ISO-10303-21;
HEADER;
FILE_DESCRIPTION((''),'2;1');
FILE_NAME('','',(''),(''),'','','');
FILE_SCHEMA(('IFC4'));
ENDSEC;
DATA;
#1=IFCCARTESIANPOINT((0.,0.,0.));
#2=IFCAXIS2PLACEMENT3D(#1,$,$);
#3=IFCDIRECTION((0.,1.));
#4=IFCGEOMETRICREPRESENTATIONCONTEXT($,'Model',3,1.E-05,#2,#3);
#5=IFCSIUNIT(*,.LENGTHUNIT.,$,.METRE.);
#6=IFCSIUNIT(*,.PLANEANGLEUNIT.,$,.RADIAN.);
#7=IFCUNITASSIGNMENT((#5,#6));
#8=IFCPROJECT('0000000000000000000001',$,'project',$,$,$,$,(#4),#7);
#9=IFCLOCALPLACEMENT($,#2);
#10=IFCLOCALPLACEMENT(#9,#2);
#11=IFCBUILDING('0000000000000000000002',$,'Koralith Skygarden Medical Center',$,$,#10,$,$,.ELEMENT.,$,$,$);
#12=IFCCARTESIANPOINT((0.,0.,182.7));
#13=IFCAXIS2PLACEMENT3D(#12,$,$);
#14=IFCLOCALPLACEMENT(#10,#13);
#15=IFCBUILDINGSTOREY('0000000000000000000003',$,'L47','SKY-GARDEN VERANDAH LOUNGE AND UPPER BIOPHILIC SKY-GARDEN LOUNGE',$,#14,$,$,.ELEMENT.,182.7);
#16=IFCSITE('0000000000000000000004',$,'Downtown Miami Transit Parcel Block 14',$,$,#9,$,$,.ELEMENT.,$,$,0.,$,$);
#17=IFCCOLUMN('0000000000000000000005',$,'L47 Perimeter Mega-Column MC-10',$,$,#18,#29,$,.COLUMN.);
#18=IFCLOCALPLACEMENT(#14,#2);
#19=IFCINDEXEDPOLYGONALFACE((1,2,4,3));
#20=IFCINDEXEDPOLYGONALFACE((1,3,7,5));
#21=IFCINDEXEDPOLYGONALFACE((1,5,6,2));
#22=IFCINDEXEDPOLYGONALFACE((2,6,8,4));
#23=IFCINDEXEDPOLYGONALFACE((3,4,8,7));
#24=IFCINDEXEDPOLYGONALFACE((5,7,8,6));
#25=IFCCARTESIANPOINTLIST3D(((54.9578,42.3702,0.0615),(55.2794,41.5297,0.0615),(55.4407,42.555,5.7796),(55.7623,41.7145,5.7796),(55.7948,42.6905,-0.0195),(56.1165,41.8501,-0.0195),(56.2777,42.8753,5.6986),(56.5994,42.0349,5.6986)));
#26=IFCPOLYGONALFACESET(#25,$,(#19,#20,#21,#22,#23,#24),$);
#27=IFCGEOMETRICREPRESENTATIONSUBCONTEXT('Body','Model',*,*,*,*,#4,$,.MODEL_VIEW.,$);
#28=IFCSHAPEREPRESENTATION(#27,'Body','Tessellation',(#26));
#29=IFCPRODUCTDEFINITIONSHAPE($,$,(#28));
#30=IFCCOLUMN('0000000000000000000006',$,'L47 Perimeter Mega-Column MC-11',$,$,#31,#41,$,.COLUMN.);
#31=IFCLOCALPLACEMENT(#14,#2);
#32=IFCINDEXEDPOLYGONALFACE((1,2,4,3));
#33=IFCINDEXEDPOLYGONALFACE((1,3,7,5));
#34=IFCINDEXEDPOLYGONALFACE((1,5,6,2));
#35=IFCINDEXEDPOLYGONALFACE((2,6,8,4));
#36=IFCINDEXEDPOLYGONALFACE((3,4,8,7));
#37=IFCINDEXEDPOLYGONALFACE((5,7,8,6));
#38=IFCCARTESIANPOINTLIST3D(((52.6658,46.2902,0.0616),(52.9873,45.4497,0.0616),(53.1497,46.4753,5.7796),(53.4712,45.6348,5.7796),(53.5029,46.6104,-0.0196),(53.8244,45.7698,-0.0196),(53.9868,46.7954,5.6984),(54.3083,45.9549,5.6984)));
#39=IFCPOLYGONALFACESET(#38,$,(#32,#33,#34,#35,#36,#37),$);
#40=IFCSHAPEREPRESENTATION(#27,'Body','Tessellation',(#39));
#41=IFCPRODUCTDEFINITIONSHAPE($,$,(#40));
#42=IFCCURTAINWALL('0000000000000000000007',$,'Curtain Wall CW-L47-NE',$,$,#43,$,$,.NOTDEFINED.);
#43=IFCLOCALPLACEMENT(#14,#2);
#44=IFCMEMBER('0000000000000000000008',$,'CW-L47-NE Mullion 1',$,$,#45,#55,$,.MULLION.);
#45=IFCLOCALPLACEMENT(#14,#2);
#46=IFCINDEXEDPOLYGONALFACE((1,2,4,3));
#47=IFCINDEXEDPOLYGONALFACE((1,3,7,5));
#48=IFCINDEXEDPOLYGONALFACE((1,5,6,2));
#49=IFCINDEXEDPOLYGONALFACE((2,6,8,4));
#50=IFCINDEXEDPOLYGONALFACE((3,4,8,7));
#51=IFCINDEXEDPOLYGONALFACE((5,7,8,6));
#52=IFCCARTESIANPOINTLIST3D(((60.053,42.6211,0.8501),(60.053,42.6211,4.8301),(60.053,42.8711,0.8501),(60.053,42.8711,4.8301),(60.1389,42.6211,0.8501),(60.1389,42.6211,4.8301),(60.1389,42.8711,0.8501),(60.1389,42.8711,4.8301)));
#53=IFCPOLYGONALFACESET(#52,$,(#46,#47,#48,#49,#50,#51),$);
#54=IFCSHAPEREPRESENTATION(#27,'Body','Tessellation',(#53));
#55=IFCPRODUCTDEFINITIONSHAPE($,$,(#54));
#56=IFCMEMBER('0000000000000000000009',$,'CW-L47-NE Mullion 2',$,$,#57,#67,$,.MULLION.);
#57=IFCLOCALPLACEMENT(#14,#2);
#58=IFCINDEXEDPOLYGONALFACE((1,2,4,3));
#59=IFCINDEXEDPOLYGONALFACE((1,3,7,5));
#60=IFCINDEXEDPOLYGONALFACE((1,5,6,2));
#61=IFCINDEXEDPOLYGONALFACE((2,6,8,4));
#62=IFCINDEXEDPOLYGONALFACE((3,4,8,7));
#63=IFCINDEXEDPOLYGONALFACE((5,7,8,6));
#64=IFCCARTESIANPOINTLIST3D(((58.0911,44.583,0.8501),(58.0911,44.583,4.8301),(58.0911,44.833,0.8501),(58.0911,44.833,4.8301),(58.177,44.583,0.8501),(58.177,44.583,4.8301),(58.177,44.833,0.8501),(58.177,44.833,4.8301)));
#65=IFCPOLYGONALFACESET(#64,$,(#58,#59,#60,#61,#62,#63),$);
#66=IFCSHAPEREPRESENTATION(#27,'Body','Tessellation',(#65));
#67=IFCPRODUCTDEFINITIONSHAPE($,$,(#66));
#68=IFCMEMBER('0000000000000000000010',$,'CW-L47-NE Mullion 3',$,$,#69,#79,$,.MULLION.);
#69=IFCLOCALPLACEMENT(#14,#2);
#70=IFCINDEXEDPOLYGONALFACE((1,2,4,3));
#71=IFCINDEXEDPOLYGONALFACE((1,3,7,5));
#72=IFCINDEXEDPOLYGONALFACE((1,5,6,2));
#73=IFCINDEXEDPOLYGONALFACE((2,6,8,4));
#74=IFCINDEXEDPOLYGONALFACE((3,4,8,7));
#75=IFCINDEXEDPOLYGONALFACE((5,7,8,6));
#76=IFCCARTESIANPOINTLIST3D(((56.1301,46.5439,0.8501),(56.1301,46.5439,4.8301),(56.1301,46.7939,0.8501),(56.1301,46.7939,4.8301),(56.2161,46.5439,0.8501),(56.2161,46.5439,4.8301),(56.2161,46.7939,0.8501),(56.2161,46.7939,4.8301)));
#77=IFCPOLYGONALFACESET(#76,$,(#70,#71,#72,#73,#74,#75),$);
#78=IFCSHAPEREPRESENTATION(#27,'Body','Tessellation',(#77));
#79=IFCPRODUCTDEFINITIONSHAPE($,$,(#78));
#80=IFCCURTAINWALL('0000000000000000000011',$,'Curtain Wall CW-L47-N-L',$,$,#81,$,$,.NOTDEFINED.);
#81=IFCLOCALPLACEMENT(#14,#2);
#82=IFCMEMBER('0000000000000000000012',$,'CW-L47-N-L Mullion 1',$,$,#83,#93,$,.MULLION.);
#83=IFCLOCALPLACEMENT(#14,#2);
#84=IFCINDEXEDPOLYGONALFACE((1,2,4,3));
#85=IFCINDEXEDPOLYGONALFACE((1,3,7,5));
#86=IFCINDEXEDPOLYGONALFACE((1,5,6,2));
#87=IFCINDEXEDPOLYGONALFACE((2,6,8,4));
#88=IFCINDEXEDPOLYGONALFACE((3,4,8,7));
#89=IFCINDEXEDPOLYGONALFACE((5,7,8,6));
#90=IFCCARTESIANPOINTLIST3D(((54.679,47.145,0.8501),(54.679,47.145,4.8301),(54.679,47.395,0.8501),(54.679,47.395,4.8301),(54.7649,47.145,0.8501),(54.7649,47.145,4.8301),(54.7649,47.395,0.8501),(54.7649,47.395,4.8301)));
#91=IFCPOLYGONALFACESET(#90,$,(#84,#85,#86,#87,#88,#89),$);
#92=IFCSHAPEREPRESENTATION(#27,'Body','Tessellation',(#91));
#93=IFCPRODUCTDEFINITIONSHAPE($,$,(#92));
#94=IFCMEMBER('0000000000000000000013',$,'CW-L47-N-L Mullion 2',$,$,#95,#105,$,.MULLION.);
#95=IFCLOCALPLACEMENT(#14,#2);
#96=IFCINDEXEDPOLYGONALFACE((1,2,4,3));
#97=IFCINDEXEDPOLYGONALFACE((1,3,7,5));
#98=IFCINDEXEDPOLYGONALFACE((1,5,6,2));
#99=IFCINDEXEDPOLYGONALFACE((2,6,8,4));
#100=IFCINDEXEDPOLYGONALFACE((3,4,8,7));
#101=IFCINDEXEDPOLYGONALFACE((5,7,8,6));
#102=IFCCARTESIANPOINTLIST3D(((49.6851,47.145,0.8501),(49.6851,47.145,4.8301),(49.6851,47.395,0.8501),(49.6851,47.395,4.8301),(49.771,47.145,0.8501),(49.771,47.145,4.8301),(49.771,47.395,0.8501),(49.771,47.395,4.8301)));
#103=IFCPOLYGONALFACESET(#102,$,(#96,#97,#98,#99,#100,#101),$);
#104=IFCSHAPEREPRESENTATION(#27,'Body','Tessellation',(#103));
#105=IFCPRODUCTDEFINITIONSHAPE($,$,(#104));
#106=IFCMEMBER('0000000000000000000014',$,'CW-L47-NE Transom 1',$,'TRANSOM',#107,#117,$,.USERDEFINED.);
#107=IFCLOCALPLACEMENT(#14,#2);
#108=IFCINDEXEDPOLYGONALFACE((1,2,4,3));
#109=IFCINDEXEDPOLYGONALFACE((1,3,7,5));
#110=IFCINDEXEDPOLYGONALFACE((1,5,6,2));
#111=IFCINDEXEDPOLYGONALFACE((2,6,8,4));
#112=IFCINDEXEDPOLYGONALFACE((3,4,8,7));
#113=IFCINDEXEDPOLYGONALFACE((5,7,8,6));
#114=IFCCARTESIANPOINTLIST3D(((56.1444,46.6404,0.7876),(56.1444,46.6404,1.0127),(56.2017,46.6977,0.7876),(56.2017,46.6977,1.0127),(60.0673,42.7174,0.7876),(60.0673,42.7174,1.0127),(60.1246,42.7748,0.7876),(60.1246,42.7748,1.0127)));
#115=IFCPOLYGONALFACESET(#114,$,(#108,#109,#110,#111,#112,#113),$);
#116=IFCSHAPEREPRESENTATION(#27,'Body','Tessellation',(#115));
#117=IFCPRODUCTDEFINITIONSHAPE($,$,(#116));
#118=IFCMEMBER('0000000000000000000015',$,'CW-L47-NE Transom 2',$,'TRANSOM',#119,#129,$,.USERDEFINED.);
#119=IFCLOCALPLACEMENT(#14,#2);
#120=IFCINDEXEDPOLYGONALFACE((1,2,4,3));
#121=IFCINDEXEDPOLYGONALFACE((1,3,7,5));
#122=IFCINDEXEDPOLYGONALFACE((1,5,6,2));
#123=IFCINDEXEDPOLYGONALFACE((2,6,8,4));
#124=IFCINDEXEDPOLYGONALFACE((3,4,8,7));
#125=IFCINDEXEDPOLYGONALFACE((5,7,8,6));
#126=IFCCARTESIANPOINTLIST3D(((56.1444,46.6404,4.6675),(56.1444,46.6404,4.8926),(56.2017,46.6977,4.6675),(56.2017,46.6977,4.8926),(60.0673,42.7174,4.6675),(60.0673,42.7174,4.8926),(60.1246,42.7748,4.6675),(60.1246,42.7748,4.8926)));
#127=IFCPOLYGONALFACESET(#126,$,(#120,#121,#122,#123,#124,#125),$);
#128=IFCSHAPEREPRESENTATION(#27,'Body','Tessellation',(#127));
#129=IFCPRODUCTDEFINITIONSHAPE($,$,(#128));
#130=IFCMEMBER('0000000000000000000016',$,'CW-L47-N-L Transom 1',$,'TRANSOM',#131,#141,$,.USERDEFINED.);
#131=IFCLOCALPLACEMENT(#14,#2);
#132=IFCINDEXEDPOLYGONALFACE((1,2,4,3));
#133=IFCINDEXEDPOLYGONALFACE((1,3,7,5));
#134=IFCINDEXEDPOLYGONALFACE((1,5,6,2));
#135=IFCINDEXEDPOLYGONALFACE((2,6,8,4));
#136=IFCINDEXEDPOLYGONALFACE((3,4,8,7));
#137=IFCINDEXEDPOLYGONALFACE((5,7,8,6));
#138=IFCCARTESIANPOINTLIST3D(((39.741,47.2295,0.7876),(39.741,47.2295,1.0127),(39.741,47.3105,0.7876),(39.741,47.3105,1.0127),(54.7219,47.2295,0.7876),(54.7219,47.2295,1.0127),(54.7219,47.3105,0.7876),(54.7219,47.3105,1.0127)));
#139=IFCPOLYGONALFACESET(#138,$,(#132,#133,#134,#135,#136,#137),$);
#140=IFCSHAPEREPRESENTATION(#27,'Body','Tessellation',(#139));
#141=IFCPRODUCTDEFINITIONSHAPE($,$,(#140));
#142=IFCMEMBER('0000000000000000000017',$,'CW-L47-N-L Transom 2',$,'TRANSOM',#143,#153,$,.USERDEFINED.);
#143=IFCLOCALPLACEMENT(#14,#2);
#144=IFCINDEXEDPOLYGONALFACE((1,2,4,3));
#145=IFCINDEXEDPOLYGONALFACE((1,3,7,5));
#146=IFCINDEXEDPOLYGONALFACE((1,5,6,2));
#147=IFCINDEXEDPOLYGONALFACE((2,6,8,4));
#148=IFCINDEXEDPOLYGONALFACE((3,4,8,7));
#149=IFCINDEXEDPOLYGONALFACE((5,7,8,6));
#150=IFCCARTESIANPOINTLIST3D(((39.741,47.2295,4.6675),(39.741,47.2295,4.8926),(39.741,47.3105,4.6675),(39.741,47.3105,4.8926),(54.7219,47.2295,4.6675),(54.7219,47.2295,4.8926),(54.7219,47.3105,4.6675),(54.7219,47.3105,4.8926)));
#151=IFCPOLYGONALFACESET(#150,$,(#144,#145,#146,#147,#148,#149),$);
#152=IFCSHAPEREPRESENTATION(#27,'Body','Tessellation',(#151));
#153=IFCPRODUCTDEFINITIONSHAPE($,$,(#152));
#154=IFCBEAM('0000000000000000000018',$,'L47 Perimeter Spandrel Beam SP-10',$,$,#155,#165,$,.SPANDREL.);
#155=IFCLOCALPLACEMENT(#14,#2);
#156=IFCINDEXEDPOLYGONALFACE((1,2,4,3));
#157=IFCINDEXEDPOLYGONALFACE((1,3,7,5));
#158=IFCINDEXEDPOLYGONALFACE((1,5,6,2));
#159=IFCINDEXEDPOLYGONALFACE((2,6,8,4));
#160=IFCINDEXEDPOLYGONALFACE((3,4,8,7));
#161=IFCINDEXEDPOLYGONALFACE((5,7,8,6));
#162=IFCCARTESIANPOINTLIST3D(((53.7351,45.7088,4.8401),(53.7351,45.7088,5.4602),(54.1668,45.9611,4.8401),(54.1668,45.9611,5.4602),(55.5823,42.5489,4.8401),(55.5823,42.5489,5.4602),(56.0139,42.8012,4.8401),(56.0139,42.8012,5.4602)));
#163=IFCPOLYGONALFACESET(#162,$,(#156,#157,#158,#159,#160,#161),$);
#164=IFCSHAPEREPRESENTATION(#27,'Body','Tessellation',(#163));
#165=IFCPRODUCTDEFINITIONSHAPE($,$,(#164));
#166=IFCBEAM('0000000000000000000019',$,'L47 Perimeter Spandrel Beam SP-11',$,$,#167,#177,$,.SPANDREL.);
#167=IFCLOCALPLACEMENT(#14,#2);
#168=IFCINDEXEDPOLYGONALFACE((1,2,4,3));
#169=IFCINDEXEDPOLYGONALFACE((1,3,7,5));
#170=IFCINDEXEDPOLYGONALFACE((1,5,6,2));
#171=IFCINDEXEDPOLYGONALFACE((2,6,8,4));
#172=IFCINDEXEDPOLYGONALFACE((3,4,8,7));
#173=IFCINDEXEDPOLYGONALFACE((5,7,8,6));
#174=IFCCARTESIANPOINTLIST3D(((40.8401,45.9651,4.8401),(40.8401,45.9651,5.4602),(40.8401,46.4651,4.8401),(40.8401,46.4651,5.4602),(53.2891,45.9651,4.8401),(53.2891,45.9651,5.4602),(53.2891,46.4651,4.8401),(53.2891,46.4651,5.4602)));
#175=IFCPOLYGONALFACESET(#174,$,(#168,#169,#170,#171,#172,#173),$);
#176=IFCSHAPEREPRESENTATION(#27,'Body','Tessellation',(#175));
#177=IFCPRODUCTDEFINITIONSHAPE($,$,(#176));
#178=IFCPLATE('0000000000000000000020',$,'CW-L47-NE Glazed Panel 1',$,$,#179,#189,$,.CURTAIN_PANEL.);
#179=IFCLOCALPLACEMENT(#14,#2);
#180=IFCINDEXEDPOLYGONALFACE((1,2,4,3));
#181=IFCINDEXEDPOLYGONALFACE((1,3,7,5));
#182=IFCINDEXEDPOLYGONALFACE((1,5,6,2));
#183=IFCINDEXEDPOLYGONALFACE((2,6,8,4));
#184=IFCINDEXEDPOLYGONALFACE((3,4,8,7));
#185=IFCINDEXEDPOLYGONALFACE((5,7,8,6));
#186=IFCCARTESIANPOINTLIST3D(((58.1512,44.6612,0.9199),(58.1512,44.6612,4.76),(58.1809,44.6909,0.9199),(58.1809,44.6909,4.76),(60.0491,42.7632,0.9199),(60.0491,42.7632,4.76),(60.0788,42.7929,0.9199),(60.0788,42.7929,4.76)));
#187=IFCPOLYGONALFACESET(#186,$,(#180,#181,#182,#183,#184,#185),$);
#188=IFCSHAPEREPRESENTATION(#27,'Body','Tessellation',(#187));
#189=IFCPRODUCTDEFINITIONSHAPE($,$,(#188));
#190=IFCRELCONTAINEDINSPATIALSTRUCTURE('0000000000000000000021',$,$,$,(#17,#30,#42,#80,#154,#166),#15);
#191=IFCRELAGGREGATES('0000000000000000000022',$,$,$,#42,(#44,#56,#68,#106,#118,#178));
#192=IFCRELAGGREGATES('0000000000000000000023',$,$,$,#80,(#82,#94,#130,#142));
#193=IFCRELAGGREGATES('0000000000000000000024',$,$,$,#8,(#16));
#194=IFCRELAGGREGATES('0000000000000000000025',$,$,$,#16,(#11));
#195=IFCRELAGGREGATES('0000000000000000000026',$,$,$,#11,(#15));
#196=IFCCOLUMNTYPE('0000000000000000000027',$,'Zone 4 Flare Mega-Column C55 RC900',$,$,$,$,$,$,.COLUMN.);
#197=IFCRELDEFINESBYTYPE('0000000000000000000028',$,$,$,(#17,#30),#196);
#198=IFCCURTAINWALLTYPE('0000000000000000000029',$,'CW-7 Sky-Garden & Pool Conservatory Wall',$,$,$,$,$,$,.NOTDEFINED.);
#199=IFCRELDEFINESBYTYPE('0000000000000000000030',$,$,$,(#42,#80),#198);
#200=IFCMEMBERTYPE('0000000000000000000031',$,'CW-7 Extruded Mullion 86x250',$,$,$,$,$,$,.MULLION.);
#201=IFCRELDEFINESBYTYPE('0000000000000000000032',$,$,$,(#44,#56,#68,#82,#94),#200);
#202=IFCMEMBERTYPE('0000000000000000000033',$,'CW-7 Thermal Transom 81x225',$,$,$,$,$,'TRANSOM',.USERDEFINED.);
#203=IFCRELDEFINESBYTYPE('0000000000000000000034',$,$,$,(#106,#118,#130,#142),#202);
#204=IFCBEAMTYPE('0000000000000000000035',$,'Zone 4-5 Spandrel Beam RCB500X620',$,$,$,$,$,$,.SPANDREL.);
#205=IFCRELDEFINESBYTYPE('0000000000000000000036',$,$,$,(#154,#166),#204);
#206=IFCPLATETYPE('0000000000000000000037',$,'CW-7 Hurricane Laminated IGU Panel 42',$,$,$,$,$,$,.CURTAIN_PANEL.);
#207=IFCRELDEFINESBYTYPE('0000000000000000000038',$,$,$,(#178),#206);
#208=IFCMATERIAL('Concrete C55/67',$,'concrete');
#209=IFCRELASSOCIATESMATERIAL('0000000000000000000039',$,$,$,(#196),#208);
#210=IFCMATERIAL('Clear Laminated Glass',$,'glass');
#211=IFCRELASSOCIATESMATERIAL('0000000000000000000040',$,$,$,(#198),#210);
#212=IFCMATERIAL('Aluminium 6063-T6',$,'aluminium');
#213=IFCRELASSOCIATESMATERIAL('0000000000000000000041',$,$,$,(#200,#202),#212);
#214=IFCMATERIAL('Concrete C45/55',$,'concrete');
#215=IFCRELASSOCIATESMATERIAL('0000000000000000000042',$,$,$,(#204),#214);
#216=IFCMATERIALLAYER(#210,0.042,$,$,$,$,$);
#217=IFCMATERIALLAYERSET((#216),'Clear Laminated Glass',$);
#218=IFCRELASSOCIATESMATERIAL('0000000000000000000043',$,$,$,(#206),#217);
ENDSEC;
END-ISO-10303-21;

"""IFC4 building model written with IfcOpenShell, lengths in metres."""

from ifc_helpers import new_model, si_unit, direction, frame, origin, origin_2d, place, context, subcontext, project, spatial, rectangle, extrude, material, layer, layer_set, material_profile, profile_set, type_object, element, aggregate, save


model = new_model("IFC4")

# Units and contexts
model_context = context("Model", 3, precision=1e-05, world=origin(), true_north=direction((0.0, 1.0)))
body_context = subcontext(model_context, "Body", "Model", "MODEL_VIEW")
ifc_project = project(units=[si_unit("LENGTHUNIT", "METRE"), si_unit("PLANEANGLEUNIT", "RADIAN")], contexts=[model_context])

# Site, building, storey
site_placement = place(None, origin())
site = spatial("IfcSite", under=ifc_project, at=site_placement, Name="Downtown Miami Transit Parcel Block 14", CompositionType="ELEMENT", RefElevation=0.0)
building_placement = place(site_placement, origin())
building = spatial("IfcBuilding", under=site, at=building_placement, Name="Koralith Skygarden Medical Center", CompositionType="ELEMENT")
storey_placement = place(building_placement, frame((0.0, 0.0, 182.7)))
storey = spatial("IfcBuildingStorey", under=building, at=storey_placement, Name="L47", Description="SKY-GARDEN VERANDAH LOUNGE AND UPPER BIOPHILIC SKY-GARDEN LOUNGE", CompositionType="ELEMENT", Elevation=182.7)

# Columns
ifc_material_1 = material(Name="Concrete C55/67", Category="concrete")
ifc_material_profile_1 = material_profile(ifc_material_1, rectangle(XDim=0.8999, YDim=0.8999, at=origin_2d()), Name="RC900X900")
ifc_profile_set_1 = profile_set([ifc_material_profile_1], Name="Concrete C55/67")
column_type = type_object("IfcColumnType", Name="Zone 4 Flare Mega-Column C55 RC900", PredefinedType="COLUMN", material=ifc_profile_set_1)
for number, where, z_axis, x_axis, name in (
    (1, (55.5371, 42.1101, 0.021), (0.084111, 0.03219, 0.995936), (-0.357428, 0.933941, 0.0), "L47 Perimeter Mega-Column MC-10"),
    (2, (53.2451, 46.03, 0.021), (0.08428, 0.032232, 0.995921), (-0.35721, 0.934024, 0.0), "L47 Perimeter Mega-Column MC-11"),
):
    element("IfcColumn", number, at=place(storey_placement, frame(where, z_axis=z_axis, x_axis=x_axis)), inside=storey, type_object=column_type, Name=name, PredefinedType="COLUMN", context=body_context, shape_type="SweptSolid", body=[
        extrude(rectangle(XDim=0.8999, YDim=0.8999, at=origin_2d()), origin(), (0.0, 0.0, 1.0), 5.7415),
    ])

# Curtain walls, members
ifc_material_2 = material(Name="Clear Laminated Glass", Category="glass")
curtain_wall_type = type_object("IfcCurtainWallType", Name="CW-7 Sky-Garden & Pool Conservatory Wall", PredefinedType="NOTDEFINED", material=ifc_material_2)
curtain_wall_1_placement = place(storey_placement, origin())
curtain_wall_1 = element("IfcCurtainWall", 3, at=curtain_wall_1_placement, inside=storey, type_object=curtain_wall_type, Name="Curtain Wall CW-L47-NE", PredefinedType="NOTDEFINED")
ifc_material_3 = material(Name="Aluminium 6063-T6", Category="aluminium")
ifc_material_profile_2 = material_profile(ifc_material_3, rectangle(XDim=0.0859, YDim=0.25, at=origin_2d()), Name="MUL86X250")
ifc_profile_set_2 = profile_set([ifc_material_profile_2], Name="Aluminium 6063-T6")
member_type_1 = type_object("IfcMemberType", Name="CW-7 Extruded Mullion 86x250", PredefinedType="MULLION", material=ifc_profile_set_2)
member_1_placement = place(storey_placement, frame((60.0959, 42.7461, 0.8501), z_axis=(0.0, 0.0, 1.0), x_axis=(1.0, 0.0, 0.0)))
member_1 = element("IfcMember", 4, at=member_1_placement, type_object=member_type_1, Name="CW-L47-NE Mullion 1", PredefinedType="MULLION", context=body_context, shape_type="SweptSolid", body=[
    extrude(rectangle(XDim=0.0859, YDim=0.25, at=origin_2d()), origin(), (0.0, 0.0, 1.0), 3.98),
])
member_2_placement = place(storey_placement, frame((58.134, 44.708, 0.8501), z_axis=(0.0, 0.0, 1.0), x_axis=(1.0, 0.0, 0.0)))
member_2 = element("IfcMember", 5, at=member_2_placement, type_object=member_type_1, Name="CW-L47-NE Mullion 2", PredefinedType="MULLION", context=body_context, shape_type="SweptSolid", body=[
    extrude(rectangle(XDim=0.0859, YDim=0.25, at=origin_2d()), origin(), (0.0, 0.0, 1.0), 3.98),
])
member_3_placement = place(storey_placement, frame((56.1731, 46.6689, 0.8501), z_axis=(0.0, 0.0, 1.0), x_axis=(1.0, 0.0, 0.0)))
member_3 = element("IfcMember", 6, at=member_3_placement, type_object=member_type_1, Name="CW-L47-NE Mullion 3", PredefinedType="MULLION", context=body_context, shape_type="SweptSolid", body=[
    extrude(rectangle(XDim=0.0859, YDim=0.25, at=origin_2d()), origin(), (0.0, 0.0, 1.0), 3.98),
])
curtain_wall_2_placement = place(storey_placement, origin())
curtain_wall_2 = element("IfcCurtainWall", 7, at=curtain_wall_2_placement, inside=storey, type_object=curtain_wall_type, Name="Curtain Wall CW-L47-N-L", PredefinedType="NOTDEFINED")
member_4_placement = place(storey_placement, frame((54.7219, 47.27, 0.8501), z_axis=(0.0, 0.0, 1.0), x_axis=(1.0, 0.0, 0.0)))
member_4 = element("IfcMember", 8, at=member_4_placement, type_object=member_type_1, Name="CW-L47-N-L Mullion 1", PredefinedType="MULLION", context=body_context, shape_type="SweptSolid", body=[
    extrude(rectangle(XDim=0.0859, YDim=0.25, at=origin_2d()), origin(), (0.0, 0.0, 1.0), 3.98),
])
member_5_placement = place(storey_placement, frame((49.728, 47.27, 0.8501), z_axis=(0.0, 0.0, 1.0), x_axis=(1.0, 0.0, 0.0)))
member_5 = element("IfcMember", 9, at=member_5_placement, type_object=member_type_1, Name="CW-L47-N-L Mullion 2", PredefinedType="MULLION", context=body_context, shape_type="SweptSolid", body=[
    extrude(rectangle(XDim=0.0859, YDim=0.25, at=origin_2d()), origin(), (0.0, 0.0, 1.0), 3.98),
])

# Members
ifc_material_profile_3 = material_profile(ifc_material_3, rectangle(XDim=0.0811, YDim=0.2251, at=origin_2d()), Name="TRN81X225")
ifc_profile_set_3 = profile_set([ifc_material_profile_3], Name="Aluminium 6063-T6")
member_type_2 = type_object("IfcMemberType", Name="CW-7 Thermal Transom 81x225", ElementType="TRANSOM", PredefinedType="USERDEFINED", material=ifc_profile_set_3)
member_6_placement = place(storey_placement, frame((60.0959, 42.7461, 0.9001), z_axis=(-0.707107, 0.707107, 0.0), x_axis=(-0.707107, -0.707107, 0.0)))
member_6 = element("IfcMember", 10, at=member_6_placement, type_object=member_type_2, Name="CW-L47-NE Transom 1", ObjectType="TRANSOM", PredefinedType="USERDEFINED", context=body_context, shape_type="SweptSolid", body=[
    extrude(rectangle(XDim=0.0811, YDim=0.2251, at=origin_2d()), origin(), (0.0, 0.0, 1.0), 5.5479),
])
member_7_placement = place(storey_placement, frame((60.0959, 42.7461, 4.78), z_axis=(-0.707107, 0.707107, 0.0), x_axis=(-0.707107, -0.707107, 0.0)))
member_7 = element("IfcMember", 11, at=member_7_placement, type_object=member_type_2, Name="CW-L47-NE Transom 2", ObjectType="TRANSOM", PredefinedType="USERDEFINED", context=body_context, shape_type="SweptSolid", body=[
    extrude(rectangle(XDim=0.0811, YDim=0.2251, at=origin_2d()), origin(), (0.0, 0.0, 1.0), 5.5479),
])
member_8_placement = place(storey_placement, frame((54.7219, 47.27, 0.9001), z_axis=(-1.0, 0.0, 0.0), x_axis=(0.0, -1.0, 0.0)))
member_8 = element("IfcMember", 12, at=member_8_placement, type_object=member_type_2, Name="CW-L47-N-L Transom 1", ObjectType="TRANSOM", PredefinedType="USERDEFINED", context=body_context, shape_type="SweptSolid", body=[
    extrude(rectangle(XDim=0.0811, YDim=0.2251, at=origin_2d()), origin(), (0.0, 0.0, 1.0), 14.981),
])
member_9_placement = place(storey_placement, frame((54.7219, 47.27, 4.78), z_axis=(-1.0, 0.0, 0.0), x_axis=(0.0, -1.0, 0.0)))
member_9 = element("IfcMember", 13, at=member_9_placement, type_object=member_type_2, Name="CW-L47-N-L Transom 2", ObjectType="TRANSOM", PredefinedType="USERDEFINED", context=body_context, shape_type="SweptSolid", body=[
    extrude(rectangle(XDim=0.0811, YDim=0.2251, at=origin_2d()), origin(), (0.0, 0.0, 1.0), 14.981),
])

# Beams
ifc_material_4 = material(Name="Concrete C45/55", Category="concrete")
ifc_material_profile_4 = material_profile(ifc_material_4, rectangle(XDim=0.5, YDim=0.6201, at=origin_2d()), Name="RCB500X620")
ifc_profile_set_4 = profile_set([ifc_material_profile_4], Name="Concrete C45/55")
beam_type = type_object("IfcBeamType", Name="Zone 4-5 Spandrel Beam RCB500X620", PredefinedType="SPANDREL", material=ifc_profile_set_4)
beam_1_placement = place(storey_placement, frame((55.7981, 42.675, 5.1501), z_axis=(-0.504663, 0.863316, 0.0), x_axis=(-0.863316, -0.504663, 0.0)))
element("IfcBeam", 14, at=beam_1_placement, inside=storey, type_object=beam_type, Name="L47 Perimeter Spandrel Beam SP-10", PredefinedType="SPANDREL", context=body_context, shape_type="SweptSolid", body=[
    extrude(rectangle(XDim=0.5, YDim=0.6201, at=origin_2d()), origin(), (0.0, 0.0, 1.0), 3.6602),
])
beam_2_placement = place(storey_placement, frame((53.2891, 46.2151, 5.1501), z_axis=(-1.0, 0.0, 0.0), x_axis=(0.0, -1.0, 0.0)))
element("IfcBeam", 15, at=beam_2_placement, inside=storey, type_object=beam_type, Name="L47 Perimeter Spandrel Beam SP-11", PredefinedType="SPANDREL", context=body_context, shape_type="SweptSolid", body=[
    extrude(rectangle(XDim=0.5, YDim=0.6201, at=origin_2d()), origin(), (0.0, 0.0, 1.0), 12.449),
])

# Plate
ifc_layer_1 = layer(ifc_material_2, 0.042)
ifc_layer_set_1 = layer_set([ifc_layer_1], Name="Clear Laminated Glass")
plate_type_1 = type_object("IfcPlateType", Name="CW-7 Hurricane Laminated IGU Panel 42", PredefinedType="CURTAIN_PANEL", material=ifc_layer_set_1)
plate_1_placement = place(storey_placement, frame((59.115, 43.7271, 0.9199), z_axis=(0.0, 0.0, 1.0), x_axis=(-0.707107, 0.707107, 0.0)))
plate_1 = element("IfcPlate", 16, at=plate_1_placement, type_object=plate_type_1, Name="CW-L47-NE Glazed Panel 1", PredefinedType="CURTAIN_PANEL", context=body_context, shape_type="SweptSolid", body=[
    extrude(rectangle(XDim=2.6841, YDim=0.042, at=origin_2d()), origin(), (0.0, 0.0, 1.0), 3.8401),
])
aggregate(curtain_wall_1, [member_1, member_2, member_3, member_6, member_7, plate_1])
aggregate(curtain_wall_2, [member_4, member_5, member_8, member_9])

save(model, "model.ifc")
